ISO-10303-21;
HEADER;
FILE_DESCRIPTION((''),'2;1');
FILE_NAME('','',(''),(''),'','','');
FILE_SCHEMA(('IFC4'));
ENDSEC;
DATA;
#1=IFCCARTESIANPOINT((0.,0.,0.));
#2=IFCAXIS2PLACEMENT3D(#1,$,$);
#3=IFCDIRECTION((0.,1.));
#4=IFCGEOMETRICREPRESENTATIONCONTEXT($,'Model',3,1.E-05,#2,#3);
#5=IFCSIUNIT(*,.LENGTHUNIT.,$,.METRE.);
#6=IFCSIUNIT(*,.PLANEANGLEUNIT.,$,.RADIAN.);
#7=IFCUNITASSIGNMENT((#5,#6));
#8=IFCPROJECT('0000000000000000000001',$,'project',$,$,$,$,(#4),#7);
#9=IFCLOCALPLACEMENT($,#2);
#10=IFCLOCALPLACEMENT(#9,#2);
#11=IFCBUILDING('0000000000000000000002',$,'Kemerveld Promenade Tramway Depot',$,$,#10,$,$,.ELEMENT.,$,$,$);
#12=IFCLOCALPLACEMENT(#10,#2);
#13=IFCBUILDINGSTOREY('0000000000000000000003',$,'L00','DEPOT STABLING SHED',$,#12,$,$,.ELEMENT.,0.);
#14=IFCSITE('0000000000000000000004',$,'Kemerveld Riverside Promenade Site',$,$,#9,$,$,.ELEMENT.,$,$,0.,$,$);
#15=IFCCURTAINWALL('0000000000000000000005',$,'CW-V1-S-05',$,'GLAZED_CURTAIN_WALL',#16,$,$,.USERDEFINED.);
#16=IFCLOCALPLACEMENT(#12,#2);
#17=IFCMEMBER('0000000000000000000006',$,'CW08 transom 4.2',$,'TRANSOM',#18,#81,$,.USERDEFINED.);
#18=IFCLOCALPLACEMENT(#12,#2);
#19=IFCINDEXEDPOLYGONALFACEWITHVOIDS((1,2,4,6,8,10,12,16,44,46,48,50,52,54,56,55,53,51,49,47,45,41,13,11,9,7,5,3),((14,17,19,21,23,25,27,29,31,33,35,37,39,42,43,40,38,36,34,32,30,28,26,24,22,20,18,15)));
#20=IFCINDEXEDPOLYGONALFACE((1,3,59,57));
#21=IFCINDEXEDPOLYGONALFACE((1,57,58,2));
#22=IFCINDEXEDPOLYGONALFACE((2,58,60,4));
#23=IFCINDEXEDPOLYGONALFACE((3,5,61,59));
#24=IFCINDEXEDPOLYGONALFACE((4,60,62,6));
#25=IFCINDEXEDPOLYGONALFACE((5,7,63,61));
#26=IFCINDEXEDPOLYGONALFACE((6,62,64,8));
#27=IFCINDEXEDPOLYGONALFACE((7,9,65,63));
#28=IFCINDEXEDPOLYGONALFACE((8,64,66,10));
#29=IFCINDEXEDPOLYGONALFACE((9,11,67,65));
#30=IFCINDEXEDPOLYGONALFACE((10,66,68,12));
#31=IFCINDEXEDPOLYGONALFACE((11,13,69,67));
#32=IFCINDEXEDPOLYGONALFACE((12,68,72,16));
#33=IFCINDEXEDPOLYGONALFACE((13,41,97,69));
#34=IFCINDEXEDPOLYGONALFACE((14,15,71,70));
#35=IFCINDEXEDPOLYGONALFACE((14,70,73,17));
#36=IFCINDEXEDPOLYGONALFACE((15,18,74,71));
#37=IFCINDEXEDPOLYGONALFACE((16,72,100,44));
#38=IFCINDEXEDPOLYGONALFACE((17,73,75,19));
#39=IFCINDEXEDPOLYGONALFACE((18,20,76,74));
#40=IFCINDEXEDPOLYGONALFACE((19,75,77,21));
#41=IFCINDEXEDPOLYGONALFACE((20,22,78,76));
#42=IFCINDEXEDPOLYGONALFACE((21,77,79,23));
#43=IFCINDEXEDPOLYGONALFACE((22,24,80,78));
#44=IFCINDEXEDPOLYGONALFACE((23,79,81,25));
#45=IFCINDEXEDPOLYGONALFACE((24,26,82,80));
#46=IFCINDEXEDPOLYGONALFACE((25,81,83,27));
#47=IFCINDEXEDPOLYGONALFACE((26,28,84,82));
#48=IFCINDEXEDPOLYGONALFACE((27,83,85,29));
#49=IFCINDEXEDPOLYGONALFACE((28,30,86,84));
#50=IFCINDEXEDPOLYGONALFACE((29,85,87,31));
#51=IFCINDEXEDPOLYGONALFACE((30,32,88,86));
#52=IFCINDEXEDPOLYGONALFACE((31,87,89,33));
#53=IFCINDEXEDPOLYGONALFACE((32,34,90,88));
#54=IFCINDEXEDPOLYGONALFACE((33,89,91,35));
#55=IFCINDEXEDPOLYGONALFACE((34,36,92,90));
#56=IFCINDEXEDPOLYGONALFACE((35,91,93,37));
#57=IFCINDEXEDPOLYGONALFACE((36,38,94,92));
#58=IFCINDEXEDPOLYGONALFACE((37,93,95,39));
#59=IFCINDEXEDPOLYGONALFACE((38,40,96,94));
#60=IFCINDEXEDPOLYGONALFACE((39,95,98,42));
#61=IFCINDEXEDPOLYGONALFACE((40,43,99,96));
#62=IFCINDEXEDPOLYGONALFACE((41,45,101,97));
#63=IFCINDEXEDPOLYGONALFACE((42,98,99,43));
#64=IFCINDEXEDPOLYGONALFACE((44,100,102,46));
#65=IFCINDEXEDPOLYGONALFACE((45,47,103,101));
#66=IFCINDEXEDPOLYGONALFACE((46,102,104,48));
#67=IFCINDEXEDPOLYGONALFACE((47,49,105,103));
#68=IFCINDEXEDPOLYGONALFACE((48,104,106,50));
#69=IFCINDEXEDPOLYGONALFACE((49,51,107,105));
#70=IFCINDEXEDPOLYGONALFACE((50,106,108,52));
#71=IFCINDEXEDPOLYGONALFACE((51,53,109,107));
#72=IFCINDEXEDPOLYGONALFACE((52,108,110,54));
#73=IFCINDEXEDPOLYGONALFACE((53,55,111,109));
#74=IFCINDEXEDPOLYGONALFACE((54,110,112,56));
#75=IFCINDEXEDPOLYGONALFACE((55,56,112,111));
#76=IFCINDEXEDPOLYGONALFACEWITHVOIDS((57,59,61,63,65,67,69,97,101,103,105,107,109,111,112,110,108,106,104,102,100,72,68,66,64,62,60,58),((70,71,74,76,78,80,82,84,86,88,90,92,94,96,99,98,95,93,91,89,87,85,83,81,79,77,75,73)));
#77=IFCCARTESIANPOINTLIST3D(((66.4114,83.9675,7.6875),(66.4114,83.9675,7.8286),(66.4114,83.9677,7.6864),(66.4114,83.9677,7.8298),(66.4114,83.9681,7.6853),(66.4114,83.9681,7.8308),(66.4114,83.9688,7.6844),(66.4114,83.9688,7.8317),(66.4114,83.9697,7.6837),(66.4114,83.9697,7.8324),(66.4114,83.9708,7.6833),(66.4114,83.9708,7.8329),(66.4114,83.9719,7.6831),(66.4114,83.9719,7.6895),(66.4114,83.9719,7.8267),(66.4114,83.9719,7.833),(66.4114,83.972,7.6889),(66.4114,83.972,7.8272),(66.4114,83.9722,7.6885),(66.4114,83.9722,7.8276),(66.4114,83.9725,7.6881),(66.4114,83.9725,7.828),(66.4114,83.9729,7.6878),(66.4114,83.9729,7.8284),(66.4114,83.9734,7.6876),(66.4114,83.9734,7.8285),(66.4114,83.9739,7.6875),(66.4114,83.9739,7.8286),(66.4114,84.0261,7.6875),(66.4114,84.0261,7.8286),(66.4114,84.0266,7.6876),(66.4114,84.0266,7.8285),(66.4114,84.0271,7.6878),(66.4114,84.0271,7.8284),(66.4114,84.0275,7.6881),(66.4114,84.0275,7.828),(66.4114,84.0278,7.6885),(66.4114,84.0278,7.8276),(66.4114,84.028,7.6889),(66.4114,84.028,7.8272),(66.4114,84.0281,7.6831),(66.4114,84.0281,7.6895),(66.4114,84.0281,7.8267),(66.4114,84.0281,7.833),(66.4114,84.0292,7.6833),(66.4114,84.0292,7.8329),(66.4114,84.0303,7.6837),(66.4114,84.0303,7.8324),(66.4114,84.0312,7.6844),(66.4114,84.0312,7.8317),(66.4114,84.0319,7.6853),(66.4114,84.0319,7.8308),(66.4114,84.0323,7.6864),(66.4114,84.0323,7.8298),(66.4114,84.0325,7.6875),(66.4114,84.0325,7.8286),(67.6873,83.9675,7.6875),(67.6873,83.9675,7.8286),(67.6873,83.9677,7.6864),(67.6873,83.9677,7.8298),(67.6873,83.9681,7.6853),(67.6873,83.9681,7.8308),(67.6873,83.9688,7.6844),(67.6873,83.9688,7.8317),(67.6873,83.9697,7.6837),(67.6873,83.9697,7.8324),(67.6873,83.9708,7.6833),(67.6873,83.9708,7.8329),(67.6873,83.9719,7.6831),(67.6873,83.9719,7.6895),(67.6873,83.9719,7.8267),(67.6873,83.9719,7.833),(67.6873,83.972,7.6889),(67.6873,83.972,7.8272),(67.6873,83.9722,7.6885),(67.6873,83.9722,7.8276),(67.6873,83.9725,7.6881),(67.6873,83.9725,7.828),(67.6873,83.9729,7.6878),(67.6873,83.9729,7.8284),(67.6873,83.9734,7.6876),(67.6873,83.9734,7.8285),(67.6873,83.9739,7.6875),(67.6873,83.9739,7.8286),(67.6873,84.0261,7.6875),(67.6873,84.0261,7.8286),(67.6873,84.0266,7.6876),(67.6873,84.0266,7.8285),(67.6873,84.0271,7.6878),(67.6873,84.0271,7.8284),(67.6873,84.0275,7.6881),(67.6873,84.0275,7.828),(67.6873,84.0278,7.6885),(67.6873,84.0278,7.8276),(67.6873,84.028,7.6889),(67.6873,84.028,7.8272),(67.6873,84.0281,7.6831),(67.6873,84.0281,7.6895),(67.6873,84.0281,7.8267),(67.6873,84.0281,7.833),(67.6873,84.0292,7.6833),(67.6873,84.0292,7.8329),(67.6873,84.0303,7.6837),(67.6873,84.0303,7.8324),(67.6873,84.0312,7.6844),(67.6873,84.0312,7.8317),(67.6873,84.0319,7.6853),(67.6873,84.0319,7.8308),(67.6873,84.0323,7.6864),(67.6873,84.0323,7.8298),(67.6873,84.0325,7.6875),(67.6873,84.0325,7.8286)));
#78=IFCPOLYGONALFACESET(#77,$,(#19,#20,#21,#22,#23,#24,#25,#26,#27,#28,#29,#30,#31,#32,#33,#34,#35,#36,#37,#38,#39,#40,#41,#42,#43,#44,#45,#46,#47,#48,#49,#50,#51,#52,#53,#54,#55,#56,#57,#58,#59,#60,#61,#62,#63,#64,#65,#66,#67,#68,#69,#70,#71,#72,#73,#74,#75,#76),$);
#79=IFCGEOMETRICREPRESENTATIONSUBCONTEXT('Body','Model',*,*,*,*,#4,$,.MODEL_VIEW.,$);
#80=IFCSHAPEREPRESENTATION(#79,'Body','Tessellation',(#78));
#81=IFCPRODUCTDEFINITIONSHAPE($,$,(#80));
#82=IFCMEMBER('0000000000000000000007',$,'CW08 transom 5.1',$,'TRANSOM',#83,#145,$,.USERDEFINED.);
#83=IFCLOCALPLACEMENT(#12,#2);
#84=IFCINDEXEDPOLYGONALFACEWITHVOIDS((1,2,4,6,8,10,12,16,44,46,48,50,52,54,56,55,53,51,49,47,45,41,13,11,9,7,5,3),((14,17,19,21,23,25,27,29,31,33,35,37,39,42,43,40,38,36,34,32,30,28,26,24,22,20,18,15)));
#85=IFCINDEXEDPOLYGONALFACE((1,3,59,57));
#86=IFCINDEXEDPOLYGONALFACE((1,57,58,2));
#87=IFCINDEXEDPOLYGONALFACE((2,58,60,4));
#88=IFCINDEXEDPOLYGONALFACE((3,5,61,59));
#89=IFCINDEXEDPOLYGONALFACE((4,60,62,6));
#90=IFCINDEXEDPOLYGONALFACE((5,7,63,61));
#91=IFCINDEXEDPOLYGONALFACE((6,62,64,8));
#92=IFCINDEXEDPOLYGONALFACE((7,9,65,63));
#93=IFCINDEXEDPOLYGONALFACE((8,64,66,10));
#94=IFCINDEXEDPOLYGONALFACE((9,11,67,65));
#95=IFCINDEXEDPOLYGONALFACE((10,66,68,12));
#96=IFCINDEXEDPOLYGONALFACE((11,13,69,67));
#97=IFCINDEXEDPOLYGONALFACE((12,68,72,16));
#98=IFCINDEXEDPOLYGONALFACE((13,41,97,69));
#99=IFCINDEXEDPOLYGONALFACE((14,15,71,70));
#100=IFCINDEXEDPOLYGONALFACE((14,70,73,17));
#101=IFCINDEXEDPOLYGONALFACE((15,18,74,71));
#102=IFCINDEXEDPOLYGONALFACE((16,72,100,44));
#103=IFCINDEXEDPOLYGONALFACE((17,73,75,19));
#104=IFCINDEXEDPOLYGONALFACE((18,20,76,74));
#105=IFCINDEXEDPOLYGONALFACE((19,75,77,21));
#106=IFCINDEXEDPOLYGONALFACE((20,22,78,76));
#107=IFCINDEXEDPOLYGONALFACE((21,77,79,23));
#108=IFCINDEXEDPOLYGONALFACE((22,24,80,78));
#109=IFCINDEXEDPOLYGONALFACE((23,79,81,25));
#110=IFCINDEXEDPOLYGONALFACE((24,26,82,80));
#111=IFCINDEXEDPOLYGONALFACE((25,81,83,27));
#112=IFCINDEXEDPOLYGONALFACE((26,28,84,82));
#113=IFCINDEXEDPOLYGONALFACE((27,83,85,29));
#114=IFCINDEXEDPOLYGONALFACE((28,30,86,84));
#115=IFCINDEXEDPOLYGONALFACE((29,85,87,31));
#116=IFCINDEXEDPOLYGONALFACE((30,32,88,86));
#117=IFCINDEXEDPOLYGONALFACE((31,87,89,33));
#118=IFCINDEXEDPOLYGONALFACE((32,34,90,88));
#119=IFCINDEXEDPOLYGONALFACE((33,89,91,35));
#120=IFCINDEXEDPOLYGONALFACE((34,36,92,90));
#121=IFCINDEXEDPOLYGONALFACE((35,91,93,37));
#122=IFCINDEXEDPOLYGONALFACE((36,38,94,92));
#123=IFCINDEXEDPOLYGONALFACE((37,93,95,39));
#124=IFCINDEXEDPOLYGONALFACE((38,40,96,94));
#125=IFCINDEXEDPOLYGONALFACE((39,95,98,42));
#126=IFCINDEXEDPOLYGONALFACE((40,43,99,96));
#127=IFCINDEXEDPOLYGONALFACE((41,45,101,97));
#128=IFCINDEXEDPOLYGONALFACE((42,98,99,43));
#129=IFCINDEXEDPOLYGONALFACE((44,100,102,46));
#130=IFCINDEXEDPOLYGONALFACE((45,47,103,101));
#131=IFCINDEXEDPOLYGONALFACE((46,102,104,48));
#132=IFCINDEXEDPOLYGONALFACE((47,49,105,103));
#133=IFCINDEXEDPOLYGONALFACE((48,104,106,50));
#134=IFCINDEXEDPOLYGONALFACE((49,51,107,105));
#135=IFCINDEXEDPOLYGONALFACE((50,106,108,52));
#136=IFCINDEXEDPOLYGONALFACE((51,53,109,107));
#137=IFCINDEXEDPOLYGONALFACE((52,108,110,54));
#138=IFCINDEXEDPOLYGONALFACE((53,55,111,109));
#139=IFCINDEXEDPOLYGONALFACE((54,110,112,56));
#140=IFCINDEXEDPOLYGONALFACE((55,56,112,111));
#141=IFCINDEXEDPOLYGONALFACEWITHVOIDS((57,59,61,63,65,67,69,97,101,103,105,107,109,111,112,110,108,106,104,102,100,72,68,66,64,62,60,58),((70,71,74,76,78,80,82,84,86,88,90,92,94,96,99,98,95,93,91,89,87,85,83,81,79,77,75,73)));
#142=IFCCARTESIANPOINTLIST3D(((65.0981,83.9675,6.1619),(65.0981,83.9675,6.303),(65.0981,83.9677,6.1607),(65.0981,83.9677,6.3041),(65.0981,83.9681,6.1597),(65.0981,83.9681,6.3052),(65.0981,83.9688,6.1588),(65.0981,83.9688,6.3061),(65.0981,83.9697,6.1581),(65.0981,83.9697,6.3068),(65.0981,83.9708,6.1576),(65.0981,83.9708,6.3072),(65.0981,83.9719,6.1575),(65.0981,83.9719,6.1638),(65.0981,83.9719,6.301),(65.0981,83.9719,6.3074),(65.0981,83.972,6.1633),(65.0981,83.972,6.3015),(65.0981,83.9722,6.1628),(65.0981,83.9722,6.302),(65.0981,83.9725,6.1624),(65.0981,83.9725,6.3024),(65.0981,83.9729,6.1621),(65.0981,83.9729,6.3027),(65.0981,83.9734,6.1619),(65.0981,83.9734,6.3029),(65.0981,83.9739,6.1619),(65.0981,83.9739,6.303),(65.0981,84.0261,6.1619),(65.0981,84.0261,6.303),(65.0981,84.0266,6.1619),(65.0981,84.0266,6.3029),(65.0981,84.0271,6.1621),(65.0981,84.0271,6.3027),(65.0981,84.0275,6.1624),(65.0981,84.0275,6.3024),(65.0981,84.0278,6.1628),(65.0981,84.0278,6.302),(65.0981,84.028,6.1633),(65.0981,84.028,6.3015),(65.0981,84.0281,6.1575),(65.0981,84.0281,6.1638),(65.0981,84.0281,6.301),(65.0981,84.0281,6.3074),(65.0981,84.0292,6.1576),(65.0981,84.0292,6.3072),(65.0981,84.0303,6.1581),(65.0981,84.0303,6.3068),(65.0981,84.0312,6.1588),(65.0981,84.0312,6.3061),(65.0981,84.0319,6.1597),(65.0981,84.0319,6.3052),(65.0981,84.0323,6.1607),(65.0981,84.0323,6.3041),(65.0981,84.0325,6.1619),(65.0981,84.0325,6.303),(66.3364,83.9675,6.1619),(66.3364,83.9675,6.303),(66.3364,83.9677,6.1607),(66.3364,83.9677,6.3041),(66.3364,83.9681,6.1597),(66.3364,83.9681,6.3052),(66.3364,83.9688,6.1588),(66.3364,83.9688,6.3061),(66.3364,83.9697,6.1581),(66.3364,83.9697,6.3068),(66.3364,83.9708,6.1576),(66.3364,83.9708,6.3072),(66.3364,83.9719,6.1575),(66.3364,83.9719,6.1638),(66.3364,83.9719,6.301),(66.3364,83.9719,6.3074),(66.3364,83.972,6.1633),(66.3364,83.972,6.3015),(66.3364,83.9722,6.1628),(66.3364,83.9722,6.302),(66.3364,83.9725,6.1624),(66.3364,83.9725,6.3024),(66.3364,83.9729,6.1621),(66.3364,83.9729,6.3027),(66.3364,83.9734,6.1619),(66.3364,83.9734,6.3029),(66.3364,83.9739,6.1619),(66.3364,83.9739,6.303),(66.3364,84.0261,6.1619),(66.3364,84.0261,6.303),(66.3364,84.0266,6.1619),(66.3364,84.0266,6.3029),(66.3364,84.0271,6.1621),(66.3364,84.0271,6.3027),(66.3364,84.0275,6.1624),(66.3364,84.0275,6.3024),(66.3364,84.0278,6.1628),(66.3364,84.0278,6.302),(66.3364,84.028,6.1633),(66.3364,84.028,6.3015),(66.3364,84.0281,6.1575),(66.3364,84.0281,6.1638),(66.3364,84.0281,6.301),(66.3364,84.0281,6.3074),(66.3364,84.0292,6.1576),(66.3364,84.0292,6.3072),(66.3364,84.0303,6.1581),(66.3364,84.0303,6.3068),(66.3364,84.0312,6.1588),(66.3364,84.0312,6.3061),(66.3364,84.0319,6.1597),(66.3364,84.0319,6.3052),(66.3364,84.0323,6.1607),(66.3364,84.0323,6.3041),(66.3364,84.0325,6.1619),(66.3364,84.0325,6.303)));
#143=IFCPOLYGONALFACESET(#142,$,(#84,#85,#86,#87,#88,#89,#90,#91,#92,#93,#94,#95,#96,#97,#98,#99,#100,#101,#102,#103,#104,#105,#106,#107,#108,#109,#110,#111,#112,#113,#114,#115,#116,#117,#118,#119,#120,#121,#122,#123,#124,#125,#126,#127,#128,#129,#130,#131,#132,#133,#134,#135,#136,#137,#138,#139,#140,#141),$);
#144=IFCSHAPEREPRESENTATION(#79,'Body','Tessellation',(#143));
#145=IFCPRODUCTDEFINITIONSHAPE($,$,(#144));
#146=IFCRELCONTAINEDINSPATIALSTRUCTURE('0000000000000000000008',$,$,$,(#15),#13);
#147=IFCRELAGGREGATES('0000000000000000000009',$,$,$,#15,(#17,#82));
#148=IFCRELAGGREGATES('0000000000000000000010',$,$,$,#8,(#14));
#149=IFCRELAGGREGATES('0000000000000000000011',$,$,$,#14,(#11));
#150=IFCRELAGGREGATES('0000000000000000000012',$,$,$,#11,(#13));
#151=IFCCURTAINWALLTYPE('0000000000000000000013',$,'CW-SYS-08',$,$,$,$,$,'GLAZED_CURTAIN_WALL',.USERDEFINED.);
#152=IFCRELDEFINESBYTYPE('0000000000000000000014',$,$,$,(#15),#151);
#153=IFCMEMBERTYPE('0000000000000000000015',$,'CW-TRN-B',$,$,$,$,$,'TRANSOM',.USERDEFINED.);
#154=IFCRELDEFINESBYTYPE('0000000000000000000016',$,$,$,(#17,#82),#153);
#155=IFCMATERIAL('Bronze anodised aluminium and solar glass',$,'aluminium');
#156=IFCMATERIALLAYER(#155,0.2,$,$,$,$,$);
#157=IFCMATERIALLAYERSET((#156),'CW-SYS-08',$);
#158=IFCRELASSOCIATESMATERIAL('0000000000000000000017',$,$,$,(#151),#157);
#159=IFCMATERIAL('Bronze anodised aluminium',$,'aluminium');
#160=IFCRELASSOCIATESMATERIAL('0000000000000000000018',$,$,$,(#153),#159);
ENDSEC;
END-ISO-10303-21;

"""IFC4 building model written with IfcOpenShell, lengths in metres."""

from ifc_helpers import new_model, si_unit, direction, frame, origin, origin_2d, place, context, subcontext, project, spatial, hollow_rectangle, extrude, material, layer, layer_set, material_profile, profile_set, type_object, element, aggregate, save


model = new_model("IFC4")

# Units and contexts
model_context = context("Model", 3, precision=1e-05, world=origin(), true_north=direction((0.0, 1.0)))
body_context = subcontext(model_context, "Body", "Model", "MODEL_VIEW")
ifc_project = project(units=[si_unit("LENGTHUNIT", "METRE"), si_unit("PLANEANGLEUNIT", "RADIAN")], contexts=[model_context])

# Site, building, storey
site_placement = place(None, origin())
site = spatial("IfcSite", under=ifc_project, at=site_placement, Name="Kemerveld Riverside Promenade Site", CompositionType="ELEMENT", RefElevation=0.0)
building_placement = place(site_placement, origin())
building = spatial("IfcBuilding", under=site, at=building_placement, Name="Kemerveld Promenade Tramway Depot", CompositionType="ELEMENT")
storey_placement = place(building_placement, origin())
storey = spatial("IfcBuildingStorey", under=building, at=storey_placement, Name="L00", Description="DEPOT STABLING SHED", CompositionType="ELEMENT", Elevation=0.0)

# Curtain wall
ifc_material_1 = material(Name="Bronze anodised aluminium and solar glass", Category="aluminium")
ifc_material_2 = material(Name="Bronze anodised aluminium", Category="aluminium")
ifc_layer_1 = layer(ifc_material_1, 0.2)
ifc_layer_set_1 = layer_set([ifc_layer_1], Name="CW-SYS-08")
curtain_wall_type_1 = type_object("IfcCurtainWallType", Name="CW-SYS-08", ElementType="GLAZED_CURTAIN_WALL", PredefinedType="USERDEFINED", material=ifc_layer_set_1)
curtain_wall_1_placement = place(storey_placement, origin())
curtain_wall_1 = element("IfcCurtainWall", 1, at=curtain_wall_1_placement, inside=storey, type_object=curtain_wall_type_1, Name="CW-V1-S-05", ObjectType="GLAZED_CURTAIN_WALL", PredefinedType="USERDEFINED")

# Members
ifc_material_profile_1 = material_profile(ifc_material_2, hollow_rectangle(XDim=0.0649, YDim=0.1499, WallThickness=0.0044, InnerFilletRadius=0.002, OuterFilletRadius=0.0044, at=origin_2d()), Name="CW-TRN-150x65")
ifc_profile_set_1 = profile_set([ifc_material_profile_1], Name="Bronze anodised aluminium")
member_type_1 = type_object("IfcMemberType", Name="CW-TRN-B", ElementType="TRANSOM", PredefinedType="USERDEFINED", material=ifc_profile_set_1)
member_1_placement = place(storey_placement, frame((67.6873, 84.0, 7.7581), z_axis=(-1.0, 0.0, 0.0), x_axis=(0.0, -1.0, 0.0)))
member_1 = element("IfcMember", 2, at=member_1_placement, type_object=member_type_1, Name="CW08 transom 4.2", ObjectType="TRANSOM", PredefinedType="USERDEFINED", context=body_context, shape_type="SweptSolid", body=[
    extrude(hollow_rectangle(XDim=0.0649, YDim=0.1499, WallThickness=0.0044, InnerFilletRadius=0.002, OuterFilletRadius=0.0044, at=origin_2d()), origin(), (0.0, 0.0, 1.0), 1.2759),
])
member_2_placement = place(storey_placement, frame((66.3364, 84.0, 6.2324), z_axis=(-1.0, 0.0, 0.0), x_axis=(0.0, -1.0, 0.0)))
member_2 = element("IfcMember", 3, at=member_2_placement, type_object=member_type_1, Name="CW08 transom 5.1", ObjectType="TRANSOM", PredefinedType="USERDEFINED", context=body_context, shape_type="SweptSolid", body=[
    extrude(hollow_rectangle(XDim=0.0649, YDim=0.1499, WallThickness=0.0044, InnerFilletRadius=0.002, OuterFilletRadius=0.0044, at=origin_2d()), origin(), (0.0, 0.0, 1.0), 1.2383),
])

aggregate(curtain_wall_1, [member_1, member_2])

save(model, "model.ifc")
